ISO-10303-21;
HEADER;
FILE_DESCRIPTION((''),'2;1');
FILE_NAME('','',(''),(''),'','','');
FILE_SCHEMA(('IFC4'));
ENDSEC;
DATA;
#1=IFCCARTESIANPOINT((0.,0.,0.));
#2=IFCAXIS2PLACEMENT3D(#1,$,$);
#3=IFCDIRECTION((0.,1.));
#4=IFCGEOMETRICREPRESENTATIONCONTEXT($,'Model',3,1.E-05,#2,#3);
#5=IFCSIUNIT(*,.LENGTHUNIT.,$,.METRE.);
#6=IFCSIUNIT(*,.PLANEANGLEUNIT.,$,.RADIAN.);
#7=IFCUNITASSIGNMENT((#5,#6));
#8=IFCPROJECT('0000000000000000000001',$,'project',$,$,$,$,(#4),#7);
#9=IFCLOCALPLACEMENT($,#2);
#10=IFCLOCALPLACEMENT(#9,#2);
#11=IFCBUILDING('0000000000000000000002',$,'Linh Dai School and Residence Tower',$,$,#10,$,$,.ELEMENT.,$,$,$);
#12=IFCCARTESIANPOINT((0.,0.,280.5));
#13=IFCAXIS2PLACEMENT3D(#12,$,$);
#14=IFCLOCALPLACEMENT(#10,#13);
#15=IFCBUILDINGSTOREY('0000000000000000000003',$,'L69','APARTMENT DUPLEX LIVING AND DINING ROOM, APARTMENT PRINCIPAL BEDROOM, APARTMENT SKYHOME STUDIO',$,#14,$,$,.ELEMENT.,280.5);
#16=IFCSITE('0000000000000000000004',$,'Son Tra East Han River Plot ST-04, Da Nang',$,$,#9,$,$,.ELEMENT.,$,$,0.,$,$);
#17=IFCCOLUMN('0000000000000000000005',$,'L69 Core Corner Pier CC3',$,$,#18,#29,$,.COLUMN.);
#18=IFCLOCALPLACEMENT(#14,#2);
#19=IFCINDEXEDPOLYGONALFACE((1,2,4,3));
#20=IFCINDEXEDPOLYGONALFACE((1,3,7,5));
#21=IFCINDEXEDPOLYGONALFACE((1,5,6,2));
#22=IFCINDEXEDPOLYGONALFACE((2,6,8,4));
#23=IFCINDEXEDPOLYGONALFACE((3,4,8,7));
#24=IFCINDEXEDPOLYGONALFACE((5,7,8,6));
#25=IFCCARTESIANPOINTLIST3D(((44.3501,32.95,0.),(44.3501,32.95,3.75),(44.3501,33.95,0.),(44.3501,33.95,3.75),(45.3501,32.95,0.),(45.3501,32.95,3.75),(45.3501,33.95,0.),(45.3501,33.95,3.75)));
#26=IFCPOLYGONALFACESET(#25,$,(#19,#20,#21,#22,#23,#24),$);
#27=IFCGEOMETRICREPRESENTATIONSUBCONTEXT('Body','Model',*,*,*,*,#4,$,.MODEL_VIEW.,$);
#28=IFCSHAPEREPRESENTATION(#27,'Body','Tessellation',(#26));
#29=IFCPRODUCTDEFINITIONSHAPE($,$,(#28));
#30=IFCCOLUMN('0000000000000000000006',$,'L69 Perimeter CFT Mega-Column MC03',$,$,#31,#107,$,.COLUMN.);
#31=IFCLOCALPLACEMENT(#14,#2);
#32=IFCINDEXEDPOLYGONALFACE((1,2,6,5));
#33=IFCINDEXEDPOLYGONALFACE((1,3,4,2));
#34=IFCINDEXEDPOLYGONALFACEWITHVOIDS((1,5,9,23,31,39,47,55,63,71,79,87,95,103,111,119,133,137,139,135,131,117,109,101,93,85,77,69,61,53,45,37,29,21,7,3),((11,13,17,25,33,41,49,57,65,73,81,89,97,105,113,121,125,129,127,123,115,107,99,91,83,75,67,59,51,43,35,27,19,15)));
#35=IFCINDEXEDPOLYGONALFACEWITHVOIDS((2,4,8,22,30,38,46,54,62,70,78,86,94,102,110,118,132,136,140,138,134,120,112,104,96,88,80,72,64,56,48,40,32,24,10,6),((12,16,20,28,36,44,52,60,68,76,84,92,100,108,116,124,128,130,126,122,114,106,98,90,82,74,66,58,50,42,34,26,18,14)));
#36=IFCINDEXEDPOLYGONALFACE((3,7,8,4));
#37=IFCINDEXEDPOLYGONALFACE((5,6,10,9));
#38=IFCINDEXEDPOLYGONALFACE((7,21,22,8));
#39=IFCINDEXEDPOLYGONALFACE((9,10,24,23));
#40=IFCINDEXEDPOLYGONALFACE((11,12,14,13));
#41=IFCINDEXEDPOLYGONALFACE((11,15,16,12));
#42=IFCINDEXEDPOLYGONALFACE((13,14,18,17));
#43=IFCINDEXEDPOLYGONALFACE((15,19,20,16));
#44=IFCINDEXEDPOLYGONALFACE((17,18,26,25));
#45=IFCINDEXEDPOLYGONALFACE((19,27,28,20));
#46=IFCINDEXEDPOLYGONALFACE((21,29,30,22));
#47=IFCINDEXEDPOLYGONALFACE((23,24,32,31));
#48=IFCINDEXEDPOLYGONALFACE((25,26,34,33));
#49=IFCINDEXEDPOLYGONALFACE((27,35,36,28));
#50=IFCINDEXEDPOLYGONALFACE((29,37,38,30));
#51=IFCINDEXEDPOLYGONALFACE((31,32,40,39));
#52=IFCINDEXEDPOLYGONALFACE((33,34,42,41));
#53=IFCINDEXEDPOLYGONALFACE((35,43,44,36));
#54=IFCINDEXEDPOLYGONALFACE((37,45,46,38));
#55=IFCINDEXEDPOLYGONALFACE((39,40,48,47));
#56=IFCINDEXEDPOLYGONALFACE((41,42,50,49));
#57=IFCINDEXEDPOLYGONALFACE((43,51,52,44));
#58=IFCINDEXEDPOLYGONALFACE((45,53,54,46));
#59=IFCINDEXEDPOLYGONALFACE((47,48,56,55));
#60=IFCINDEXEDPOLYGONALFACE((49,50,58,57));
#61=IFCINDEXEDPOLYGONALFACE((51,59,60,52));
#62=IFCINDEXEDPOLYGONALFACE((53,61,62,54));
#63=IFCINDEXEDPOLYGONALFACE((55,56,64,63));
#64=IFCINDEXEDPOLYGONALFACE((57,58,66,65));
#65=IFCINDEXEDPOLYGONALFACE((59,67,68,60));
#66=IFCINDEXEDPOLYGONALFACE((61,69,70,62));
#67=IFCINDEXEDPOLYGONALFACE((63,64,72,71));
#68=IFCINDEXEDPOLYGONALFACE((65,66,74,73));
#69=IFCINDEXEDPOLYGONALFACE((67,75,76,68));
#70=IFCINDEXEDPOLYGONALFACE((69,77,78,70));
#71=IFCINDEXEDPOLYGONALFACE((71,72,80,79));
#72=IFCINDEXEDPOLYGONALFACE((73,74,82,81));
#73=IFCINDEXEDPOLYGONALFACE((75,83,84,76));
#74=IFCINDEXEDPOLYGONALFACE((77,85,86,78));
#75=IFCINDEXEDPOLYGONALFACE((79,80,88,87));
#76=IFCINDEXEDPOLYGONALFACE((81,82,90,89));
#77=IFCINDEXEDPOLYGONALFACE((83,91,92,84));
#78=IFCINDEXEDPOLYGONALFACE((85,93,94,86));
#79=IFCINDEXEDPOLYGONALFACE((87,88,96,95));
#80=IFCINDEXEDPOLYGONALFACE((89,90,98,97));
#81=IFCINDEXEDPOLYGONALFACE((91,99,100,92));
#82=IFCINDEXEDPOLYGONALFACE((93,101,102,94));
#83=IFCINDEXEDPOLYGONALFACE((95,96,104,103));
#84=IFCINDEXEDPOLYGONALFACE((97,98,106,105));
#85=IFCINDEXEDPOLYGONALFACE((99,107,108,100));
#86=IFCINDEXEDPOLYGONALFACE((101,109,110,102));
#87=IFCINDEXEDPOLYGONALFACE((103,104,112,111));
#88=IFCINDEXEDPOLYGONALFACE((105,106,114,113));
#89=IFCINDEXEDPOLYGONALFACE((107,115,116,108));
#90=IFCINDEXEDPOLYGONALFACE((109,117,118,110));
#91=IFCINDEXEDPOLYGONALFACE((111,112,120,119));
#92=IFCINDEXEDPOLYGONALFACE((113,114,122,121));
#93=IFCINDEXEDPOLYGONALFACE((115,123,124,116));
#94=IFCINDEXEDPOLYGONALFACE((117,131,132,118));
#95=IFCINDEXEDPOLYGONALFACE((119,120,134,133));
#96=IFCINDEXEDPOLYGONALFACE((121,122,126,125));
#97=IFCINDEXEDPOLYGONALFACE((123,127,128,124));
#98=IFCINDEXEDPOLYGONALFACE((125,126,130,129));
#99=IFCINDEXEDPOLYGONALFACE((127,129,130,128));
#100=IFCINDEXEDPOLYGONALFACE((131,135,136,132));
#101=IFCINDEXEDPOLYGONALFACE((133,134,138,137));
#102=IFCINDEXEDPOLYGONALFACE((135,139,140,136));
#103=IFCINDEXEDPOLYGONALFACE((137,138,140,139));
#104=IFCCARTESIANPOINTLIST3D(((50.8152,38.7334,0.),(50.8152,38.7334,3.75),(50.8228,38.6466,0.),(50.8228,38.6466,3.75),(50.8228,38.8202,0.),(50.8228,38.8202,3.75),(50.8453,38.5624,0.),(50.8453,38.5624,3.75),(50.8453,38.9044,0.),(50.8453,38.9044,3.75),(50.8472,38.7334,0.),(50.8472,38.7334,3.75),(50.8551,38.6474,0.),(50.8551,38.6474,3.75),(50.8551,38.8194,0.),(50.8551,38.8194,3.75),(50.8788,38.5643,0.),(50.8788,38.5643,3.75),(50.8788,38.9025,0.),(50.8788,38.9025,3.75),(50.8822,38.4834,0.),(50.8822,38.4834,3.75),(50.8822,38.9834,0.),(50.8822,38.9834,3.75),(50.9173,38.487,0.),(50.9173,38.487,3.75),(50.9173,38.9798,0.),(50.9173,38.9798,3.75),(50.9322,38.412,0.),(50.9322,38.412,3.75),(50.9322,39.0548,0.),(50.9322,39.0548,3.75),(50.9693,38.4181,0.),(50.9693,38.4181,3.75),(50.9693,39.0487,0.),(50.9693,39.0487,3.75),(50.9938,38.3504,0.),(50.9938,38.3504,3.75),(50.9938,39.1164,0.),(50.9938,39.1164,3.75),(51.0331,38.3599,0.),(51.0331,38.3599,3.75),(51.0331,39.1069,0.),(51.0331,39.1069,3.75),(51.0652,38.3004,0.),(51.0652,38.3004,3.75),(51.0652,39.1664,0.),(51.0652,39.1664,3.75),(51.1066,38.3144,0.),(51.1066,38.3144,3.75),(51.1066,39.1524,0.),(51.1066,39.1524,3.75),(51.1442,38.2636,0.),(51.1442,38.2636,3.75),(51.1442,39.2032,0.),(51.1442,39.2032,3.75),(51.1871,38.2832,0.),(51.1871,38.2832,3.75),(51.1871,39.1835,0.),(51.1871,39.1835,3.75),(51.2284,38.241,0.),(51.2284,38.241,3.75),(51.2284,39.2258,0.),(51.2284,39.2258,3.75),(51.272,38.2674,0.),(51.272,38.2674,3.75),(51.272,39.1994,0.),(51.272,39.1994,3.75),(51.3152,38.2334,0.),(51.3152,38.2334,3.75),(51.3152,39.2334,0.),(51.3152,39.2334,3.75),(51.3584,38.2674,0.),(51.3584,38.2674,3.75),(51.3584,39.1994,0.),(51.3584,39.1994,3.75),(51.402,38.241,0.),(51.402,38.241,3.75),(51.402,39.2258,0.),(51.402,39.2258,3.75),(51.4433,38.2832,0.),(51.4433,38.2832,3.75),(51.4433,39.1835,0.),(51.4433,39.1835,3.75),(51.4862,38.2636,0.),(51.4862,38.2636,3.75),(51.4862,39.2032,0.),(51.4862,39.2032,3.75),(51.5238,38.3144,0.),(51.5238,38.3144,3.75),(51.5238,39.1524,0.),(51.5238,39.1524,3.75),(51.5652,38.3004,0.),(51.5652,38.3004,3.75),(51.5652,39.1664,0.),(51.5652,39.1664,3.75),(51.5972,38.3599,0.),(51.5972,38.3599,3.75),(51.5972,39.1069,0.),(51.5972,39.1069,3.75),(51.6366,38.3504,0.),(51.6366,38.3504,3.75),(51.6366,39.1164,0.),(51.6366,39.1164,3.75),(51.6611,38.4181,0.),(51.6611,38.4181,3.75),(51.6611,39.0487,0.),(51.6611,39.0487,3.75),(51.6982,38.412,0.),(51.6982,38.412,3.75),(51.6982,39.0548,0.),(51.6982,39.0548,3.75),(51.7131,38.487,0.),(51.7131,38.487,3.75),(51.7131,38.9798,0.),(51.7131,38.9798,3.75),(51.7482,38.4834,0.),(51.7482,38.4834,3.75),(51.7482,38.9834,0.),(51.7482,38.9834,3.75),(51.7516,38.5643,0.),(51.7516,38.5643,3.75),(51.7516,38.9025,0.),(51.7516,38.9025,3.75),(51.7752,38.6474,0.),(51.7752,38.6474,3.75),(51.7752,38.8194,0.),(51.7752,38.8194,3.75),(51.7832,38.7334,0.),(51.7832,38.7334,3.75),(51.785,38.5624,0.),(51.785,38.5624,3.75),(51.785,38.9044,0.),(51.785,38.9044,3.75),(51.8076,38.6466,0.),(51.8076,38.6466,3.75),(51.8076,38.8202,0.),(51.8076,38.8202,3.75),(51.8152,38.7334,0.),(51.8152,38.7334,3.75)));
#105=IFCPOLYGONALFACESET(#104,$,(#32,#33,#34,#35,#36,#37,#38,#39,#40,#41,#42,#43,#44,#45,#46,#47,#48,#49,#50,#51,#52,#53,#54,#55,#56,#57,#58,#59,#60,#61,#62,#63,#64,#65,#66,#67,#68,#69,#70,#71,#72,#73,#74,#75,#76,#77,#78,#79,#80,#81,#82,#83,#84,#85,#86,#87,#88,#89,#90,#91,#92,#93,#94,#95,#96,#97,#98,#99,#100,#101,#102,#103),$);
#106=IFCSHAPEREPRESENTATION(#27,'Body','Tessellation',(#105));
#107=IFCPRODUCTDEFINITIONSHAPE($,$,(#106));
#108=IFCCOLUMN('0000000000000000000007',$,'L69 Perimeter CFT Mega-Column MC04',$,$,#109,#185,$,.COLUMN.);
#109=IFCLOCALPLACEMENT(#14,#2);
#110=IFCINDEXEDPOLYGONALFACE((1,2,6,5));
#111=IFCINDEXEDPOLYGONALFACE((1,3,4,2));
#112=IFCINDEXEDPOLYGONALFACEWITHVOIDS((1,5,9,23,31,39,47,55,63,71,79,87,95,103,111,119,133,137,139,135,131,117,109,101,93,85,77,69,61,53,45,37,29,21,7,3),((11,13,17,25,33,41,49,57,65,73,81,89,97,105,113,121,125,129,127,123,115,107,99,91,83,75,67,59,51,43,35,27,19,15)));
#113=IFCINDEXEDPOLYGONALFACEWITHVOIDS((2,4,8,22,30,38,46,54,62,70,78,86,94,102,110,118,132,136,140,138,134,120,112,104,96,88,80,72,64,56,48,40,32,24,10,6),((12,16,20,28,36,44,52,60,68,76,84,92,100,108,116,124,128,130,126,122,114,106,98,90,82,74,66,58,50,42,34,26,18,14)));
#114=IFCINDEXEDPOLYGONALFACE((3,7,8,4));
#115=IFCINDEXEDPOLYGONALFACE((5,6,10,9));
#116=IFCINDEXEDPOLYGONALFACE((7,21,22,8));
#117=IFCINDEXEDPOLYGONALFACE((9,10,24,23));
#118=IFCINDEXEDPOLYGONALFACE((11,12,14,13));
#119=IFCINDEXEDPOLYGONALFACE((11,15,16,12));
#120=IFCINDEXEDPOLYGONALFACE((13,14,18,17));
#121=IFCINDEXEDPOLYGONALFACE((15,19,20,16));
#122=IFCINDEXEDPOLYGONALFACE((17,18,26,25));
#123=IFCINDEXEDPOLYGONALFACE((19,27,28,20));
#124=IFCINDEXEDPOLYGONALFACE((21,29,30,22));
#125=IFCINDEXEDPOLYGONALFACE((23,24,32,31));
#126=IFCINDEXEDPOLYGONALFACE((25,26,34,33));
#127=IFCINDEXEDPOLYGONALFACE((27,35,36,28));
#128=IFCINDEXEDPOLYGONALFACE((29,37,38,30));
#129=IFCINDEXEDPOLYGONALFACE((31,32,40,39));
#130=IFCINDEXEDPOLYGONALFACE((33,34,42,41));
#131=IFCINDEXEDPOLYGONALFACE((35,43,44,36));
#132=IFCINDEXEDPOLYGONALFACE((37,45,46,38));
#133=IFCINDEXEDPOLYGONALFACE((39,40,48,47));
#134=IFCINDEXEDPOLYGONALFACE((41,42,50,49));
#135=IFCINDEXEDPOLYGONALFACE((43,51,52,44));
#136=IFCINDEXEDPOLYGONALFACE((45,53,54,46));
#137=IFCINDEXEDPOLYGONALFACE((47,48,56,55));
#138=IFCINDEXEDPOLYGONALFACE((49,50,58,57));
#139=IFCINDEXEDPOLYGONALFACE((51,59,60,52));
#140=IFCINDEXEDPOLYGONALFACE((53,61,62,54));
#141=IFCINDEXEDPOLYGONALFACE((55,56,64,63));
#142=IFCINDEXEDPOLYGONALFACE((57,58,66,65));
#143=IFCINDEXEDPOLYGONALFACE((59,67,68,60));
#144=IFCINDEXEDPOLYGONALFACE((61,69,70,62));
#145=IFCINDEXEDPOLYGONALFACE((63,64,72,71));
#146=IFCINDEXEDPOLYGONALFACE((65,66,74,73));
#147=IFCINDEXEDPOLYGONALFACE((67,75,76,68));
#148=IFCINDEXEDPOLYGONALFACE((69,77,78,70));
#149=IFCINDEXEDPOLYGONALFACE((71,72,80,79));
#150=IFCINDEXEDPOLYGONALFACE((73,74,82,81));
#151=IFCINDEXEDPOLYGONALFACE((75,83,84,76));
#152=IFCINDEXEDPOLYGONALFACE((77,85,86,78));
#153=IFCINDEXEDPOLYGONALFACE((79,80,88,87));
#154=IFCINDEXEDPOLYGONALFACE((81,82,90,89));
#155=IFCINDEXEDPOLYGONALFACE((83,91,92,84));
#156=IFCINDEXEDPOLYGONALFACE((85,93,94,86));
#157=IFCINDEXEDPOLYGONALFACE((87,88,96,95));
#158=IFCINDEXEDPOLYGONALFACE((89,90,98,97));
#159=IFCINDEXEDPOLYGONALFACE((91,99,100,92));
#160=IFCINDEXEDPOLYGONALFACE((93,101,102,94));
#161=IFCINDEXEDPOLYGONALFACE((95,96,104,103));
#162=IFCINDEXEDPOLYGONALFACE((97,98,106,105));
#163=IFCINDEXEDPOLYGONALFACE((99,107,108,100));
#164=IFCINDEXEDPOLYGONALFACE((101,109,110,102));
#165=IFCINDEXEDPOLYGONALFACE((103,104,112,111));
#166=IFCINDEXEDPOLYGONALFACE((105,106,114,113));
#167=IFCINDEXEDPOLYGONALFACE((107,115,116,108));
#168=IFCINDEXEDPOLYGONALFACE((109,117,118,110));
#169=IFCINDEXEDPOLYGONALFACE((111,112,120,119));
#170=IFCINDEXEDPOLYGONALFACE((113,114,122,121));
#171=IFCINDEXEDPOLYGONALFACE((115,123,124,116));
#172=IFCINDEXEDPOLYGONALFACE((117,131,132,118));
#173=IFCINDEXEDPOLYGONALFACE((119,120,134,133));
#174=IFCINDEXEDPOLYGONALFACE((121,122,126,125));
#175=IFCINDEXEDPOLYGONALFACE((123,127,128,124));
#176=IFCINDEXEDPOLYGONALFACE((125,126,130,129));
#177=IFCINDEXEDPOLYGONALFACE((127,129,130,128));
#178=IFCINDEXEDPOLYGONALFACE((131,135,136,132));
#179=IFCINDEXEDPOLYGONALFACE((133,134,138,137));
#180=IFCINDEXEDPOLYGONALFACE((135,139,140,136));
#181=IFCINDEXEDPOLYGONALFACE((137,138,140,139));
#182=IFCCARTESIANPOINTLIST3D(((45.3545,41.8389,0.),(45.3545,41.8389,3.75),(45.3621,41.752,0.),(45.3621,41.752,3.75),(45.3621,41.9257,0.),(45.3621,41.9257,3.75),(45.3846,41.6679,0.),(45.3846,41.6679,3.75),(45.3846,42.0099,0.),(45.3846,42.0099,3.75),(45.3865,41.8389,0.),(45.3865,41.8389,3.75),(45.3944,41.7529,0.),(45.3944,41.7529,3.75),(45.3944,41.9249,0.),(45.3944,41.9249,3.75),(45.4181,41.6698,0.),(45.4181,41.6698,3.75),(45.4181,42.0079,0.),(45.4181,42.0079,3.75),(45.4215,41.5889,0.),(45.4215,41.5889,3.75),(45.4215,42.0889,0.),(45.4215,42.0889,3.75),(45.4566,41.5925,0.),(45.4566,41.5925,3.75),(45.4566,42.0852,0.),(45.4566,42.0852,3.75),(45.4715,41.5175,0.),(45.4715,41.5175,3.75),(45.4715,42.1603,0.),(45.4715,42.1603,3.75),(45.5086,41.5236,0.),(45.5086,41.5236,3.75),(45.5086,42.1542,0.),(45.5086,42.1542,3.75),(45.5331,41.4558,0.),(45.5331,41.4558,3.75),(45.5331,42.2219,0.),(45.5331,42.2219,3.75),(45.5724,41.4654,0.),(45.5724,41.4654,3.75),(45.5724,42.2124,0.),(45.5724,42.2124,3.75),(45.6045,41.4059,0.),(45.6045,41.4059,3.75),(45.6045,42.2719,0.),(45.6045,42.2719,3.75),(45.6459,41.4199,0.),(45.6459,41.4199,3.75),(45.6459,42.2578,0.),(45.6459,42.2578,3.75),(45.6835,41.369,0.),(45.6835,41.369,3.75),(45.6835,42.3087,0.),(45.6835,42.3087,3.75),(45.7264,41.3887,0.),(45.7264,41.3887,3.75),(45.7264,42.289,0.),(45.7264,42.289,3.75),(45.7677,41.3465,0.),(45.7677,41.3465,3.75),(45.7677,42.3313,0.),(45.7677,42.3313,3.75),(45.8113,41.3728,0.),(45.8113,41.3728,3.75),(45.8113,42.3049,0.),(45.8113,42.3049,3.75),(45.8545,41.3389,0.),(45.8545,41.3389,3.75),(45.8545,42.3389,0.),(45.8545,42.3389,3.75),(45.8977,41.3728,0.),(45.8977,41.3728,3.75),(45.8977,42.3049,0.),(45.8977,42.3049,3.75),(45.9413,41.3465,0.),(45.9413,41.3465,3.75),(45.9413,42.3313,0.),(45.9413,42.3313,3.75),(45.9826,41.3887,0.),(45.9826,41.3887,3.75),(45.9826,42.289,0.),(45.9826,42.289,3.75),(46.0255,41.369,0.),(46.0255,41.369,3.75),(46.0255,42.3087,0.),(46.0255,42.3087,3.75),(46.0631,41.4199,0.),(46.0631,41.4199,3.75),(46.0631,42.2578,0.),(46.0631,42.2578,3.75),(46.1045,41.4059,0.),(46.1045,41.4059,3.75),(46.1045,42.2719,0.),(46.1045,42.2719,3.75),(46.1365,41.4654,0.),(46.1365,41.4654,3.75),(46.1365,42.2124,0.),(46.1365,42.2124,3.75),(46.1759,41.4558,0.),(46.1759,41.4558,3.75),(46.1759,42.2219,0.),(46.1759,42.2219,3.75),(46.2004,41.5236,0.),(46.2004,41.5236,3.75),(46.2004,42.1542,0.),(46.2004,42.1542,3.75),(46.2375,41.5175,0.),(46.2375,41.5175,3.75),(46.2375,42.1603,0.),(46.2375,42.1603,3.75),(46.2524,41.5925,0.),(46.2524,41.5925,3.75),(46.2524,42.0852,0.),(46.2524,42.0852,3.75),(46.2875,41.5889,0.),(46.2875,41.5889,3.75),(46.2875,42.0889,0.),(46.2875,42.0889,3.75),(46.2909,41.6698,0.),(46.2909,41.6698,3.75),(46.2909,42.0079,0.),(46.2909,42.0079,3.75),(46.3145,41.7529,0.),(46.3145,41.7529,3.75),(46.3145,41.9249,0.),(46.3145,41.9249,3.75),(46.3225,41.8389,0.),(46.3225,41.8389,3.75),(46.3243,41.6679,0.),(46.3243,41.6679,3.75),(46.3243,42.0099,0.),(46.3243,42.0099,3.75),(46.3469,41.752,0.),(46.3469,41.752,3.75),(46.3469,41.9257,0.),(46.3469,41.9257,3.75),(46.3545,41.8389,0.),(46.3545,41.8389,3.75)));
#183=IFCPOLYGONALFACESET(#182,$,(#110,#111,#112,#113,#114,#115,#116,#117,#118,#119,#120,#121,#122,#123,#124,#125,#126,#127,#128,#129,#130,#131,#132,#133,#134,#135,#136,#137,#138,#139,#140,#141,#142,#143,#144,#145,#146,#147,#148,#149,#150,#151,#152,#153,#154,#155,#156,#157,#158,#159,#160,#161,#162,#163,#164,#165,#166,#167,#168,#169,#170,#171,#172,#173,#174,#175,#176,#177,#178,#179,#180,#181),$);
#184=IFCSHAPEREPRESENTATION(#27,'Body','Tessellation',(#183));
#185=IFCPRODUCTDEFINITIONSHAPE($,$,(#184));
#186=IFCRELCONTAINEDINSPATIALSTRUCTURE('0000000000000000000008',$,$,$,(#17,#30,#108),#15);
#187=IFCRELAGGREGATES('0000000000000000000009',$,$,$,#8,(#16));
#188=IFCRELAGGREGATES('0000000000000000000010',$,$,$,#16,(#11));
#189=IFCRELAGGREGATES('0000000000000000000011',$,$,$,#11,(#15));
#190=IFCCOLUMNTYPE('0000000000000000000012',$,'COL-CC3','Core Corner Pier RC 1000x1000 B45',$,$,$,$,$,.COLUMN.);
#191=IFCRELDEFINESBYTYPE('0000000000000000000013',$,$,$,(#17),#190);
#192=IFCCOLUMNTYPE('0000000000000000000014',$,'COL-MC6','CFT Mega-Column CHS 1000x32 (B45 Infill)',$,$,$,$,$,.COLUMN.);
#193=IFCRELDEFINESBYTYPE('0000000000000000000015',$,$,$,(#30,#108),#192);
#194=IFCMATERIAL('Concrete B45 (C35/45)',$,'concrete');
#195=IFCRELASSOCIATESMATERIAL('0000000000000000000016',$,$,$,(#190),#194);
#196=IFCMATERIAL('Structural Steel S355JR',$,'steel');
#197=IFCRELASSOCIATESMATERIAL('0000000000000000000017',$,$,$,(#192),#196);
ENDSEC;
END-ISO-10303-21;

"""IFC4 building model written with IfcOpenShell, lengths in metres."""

from ifc_helpers import new_model, si_unit, direction, frame, origin, origin_2d, place, context, subcontext, project, spatial, rectangle, hollow_circle, extrude, material, material_profile, profile_set, type_object, element, save


model = new_model("IFC4")

# Units and contexts
model_context = context("Model", 3, precision=1e-05, world=origin(), true_north=direction((0.0, 1.0)))
body_context = subcontext(model_context, "Body", "Model", "MODEL_VIEW")
ifc_project = project(units=[si_unit("LENGTHUNIT", "METRE"), si_unit("PLANEANGLEUNIT", "RADIAN")], contexts=[model_context])

# Site, building, storey
site_placement = place(None, origin())
site = spatial("IfcSite", under=ifc_project, at=site_placement, Name="Son Tra East Han River Plot ST-04, Da Nang", CompositionType="ELEMENT", RefElevation=0.0)
building_placement = place(site_placement, origin())
building = spatial("IfcBuilding", under=site, at=building_placement, Name="Linh Dai School and Residence Tower", CompositionType="ELEMENT")
storey_placement = place(building_placement, frame((0.0, 0.0, 280.5)))
storey = spatial("IfcBuildingStorey", under=building, at=storey_placement, Name="L69", Description="APARTMENT DUPLEX LIVING AND DINING ROOM, APARTMENT PRINCIPAL BEDROOM, APARTMENT SKYHOME STUDIO", CompositionType="ELEMENT", Elevation=280.5)

# Columns
ifc_material_1 = material(Name="Concrete B45 (C35/45)", Category="concrete")
ifc_material_profile_1 = material_profile(ifc_material_1, rectangle(XDim=1.0, YDim=1.0, at=origin_2d()), Name="RC 1000x1000")
ifc_profile_set_1 = profile_set([ifc_material_profile_1], Name="Concrete B45 (C35/45)")
column_type_1 = type_object("IfcColumnType", Name="COL-CC3", Description="Core Corner Pier RC 1000x1000 B45", PredefinedType="COLUMN", material=ifc_profile_set_1)
column_placement = place(storey_placement, frame((44.8501, 33.45, 0.0), z_axis=(0.0, 0.0, 1.0), x_axis=(1.0, 0.0, 0.0)))
element("IfcColumn", 1, at=column_placement, inside=storey, type_object=column_type_1, Name="L69 Core Corner Pier CC3", PredefinedType="COLUMN", context=body_context, shape_type="SweptSolid", body=[
    extrude(rectangle(XDim=1.0, YDim=1.0, at=origin_2d()), origin(), (0.0, 0.0, 1.0), 3.75),
])
ifc_material_2 = material(Name="Structural Steel S355JR", Category="steel")
ifc_material_profile_2 = material_profile(ifc_material_2, hollow_circle(Radius=0.5, WallThickness=0.032, at=origin_2d()), Name="CHS 1000x32")
ifc_profile_set_2 = profile_set([ifc_material_profile_2], Name="Structural Steel S355JR")
column_type_2 = type_object("IfcColumnType", Name="COL-MC6", Description="CFT Mega-Column CHS 1000x32 (B45 Infill)", PredefinedType="COLUMN", material=ifc_profile_set_2)
for number, where, z_axis, x_axis, name in (
    (2, (51.3152, 38.7334, 0.0), (0.0, 0.0, 1.0), (1.0, 0.0, 0.0), "L69 Perimeter CFT Mega-Column MC03"),
    (3, (45.8545, 41.8389, 0.0), (0.0, 0.0, 1.0), (1.0, 0.0, 0.0), "L69 Perimeter CFT Mega-Column MC04"),
):
    element("IfcColumn", number, at=place(storey_placement, frame(where, z_axis=z_axis, x_axis=x_axis)), inside=storey, type_object=column_type_2, Name=name, PredefinedType="COLUMN", context=body_context, shape_type="SweptSolid", body=[
        extrude(hollow_circle(Radius=0.5, WallThickness=0.032, at=origin_2d()), origin(), (0.0, 0.0, 1.0), 3.75),
    ])

save(model, "model.ifc")
